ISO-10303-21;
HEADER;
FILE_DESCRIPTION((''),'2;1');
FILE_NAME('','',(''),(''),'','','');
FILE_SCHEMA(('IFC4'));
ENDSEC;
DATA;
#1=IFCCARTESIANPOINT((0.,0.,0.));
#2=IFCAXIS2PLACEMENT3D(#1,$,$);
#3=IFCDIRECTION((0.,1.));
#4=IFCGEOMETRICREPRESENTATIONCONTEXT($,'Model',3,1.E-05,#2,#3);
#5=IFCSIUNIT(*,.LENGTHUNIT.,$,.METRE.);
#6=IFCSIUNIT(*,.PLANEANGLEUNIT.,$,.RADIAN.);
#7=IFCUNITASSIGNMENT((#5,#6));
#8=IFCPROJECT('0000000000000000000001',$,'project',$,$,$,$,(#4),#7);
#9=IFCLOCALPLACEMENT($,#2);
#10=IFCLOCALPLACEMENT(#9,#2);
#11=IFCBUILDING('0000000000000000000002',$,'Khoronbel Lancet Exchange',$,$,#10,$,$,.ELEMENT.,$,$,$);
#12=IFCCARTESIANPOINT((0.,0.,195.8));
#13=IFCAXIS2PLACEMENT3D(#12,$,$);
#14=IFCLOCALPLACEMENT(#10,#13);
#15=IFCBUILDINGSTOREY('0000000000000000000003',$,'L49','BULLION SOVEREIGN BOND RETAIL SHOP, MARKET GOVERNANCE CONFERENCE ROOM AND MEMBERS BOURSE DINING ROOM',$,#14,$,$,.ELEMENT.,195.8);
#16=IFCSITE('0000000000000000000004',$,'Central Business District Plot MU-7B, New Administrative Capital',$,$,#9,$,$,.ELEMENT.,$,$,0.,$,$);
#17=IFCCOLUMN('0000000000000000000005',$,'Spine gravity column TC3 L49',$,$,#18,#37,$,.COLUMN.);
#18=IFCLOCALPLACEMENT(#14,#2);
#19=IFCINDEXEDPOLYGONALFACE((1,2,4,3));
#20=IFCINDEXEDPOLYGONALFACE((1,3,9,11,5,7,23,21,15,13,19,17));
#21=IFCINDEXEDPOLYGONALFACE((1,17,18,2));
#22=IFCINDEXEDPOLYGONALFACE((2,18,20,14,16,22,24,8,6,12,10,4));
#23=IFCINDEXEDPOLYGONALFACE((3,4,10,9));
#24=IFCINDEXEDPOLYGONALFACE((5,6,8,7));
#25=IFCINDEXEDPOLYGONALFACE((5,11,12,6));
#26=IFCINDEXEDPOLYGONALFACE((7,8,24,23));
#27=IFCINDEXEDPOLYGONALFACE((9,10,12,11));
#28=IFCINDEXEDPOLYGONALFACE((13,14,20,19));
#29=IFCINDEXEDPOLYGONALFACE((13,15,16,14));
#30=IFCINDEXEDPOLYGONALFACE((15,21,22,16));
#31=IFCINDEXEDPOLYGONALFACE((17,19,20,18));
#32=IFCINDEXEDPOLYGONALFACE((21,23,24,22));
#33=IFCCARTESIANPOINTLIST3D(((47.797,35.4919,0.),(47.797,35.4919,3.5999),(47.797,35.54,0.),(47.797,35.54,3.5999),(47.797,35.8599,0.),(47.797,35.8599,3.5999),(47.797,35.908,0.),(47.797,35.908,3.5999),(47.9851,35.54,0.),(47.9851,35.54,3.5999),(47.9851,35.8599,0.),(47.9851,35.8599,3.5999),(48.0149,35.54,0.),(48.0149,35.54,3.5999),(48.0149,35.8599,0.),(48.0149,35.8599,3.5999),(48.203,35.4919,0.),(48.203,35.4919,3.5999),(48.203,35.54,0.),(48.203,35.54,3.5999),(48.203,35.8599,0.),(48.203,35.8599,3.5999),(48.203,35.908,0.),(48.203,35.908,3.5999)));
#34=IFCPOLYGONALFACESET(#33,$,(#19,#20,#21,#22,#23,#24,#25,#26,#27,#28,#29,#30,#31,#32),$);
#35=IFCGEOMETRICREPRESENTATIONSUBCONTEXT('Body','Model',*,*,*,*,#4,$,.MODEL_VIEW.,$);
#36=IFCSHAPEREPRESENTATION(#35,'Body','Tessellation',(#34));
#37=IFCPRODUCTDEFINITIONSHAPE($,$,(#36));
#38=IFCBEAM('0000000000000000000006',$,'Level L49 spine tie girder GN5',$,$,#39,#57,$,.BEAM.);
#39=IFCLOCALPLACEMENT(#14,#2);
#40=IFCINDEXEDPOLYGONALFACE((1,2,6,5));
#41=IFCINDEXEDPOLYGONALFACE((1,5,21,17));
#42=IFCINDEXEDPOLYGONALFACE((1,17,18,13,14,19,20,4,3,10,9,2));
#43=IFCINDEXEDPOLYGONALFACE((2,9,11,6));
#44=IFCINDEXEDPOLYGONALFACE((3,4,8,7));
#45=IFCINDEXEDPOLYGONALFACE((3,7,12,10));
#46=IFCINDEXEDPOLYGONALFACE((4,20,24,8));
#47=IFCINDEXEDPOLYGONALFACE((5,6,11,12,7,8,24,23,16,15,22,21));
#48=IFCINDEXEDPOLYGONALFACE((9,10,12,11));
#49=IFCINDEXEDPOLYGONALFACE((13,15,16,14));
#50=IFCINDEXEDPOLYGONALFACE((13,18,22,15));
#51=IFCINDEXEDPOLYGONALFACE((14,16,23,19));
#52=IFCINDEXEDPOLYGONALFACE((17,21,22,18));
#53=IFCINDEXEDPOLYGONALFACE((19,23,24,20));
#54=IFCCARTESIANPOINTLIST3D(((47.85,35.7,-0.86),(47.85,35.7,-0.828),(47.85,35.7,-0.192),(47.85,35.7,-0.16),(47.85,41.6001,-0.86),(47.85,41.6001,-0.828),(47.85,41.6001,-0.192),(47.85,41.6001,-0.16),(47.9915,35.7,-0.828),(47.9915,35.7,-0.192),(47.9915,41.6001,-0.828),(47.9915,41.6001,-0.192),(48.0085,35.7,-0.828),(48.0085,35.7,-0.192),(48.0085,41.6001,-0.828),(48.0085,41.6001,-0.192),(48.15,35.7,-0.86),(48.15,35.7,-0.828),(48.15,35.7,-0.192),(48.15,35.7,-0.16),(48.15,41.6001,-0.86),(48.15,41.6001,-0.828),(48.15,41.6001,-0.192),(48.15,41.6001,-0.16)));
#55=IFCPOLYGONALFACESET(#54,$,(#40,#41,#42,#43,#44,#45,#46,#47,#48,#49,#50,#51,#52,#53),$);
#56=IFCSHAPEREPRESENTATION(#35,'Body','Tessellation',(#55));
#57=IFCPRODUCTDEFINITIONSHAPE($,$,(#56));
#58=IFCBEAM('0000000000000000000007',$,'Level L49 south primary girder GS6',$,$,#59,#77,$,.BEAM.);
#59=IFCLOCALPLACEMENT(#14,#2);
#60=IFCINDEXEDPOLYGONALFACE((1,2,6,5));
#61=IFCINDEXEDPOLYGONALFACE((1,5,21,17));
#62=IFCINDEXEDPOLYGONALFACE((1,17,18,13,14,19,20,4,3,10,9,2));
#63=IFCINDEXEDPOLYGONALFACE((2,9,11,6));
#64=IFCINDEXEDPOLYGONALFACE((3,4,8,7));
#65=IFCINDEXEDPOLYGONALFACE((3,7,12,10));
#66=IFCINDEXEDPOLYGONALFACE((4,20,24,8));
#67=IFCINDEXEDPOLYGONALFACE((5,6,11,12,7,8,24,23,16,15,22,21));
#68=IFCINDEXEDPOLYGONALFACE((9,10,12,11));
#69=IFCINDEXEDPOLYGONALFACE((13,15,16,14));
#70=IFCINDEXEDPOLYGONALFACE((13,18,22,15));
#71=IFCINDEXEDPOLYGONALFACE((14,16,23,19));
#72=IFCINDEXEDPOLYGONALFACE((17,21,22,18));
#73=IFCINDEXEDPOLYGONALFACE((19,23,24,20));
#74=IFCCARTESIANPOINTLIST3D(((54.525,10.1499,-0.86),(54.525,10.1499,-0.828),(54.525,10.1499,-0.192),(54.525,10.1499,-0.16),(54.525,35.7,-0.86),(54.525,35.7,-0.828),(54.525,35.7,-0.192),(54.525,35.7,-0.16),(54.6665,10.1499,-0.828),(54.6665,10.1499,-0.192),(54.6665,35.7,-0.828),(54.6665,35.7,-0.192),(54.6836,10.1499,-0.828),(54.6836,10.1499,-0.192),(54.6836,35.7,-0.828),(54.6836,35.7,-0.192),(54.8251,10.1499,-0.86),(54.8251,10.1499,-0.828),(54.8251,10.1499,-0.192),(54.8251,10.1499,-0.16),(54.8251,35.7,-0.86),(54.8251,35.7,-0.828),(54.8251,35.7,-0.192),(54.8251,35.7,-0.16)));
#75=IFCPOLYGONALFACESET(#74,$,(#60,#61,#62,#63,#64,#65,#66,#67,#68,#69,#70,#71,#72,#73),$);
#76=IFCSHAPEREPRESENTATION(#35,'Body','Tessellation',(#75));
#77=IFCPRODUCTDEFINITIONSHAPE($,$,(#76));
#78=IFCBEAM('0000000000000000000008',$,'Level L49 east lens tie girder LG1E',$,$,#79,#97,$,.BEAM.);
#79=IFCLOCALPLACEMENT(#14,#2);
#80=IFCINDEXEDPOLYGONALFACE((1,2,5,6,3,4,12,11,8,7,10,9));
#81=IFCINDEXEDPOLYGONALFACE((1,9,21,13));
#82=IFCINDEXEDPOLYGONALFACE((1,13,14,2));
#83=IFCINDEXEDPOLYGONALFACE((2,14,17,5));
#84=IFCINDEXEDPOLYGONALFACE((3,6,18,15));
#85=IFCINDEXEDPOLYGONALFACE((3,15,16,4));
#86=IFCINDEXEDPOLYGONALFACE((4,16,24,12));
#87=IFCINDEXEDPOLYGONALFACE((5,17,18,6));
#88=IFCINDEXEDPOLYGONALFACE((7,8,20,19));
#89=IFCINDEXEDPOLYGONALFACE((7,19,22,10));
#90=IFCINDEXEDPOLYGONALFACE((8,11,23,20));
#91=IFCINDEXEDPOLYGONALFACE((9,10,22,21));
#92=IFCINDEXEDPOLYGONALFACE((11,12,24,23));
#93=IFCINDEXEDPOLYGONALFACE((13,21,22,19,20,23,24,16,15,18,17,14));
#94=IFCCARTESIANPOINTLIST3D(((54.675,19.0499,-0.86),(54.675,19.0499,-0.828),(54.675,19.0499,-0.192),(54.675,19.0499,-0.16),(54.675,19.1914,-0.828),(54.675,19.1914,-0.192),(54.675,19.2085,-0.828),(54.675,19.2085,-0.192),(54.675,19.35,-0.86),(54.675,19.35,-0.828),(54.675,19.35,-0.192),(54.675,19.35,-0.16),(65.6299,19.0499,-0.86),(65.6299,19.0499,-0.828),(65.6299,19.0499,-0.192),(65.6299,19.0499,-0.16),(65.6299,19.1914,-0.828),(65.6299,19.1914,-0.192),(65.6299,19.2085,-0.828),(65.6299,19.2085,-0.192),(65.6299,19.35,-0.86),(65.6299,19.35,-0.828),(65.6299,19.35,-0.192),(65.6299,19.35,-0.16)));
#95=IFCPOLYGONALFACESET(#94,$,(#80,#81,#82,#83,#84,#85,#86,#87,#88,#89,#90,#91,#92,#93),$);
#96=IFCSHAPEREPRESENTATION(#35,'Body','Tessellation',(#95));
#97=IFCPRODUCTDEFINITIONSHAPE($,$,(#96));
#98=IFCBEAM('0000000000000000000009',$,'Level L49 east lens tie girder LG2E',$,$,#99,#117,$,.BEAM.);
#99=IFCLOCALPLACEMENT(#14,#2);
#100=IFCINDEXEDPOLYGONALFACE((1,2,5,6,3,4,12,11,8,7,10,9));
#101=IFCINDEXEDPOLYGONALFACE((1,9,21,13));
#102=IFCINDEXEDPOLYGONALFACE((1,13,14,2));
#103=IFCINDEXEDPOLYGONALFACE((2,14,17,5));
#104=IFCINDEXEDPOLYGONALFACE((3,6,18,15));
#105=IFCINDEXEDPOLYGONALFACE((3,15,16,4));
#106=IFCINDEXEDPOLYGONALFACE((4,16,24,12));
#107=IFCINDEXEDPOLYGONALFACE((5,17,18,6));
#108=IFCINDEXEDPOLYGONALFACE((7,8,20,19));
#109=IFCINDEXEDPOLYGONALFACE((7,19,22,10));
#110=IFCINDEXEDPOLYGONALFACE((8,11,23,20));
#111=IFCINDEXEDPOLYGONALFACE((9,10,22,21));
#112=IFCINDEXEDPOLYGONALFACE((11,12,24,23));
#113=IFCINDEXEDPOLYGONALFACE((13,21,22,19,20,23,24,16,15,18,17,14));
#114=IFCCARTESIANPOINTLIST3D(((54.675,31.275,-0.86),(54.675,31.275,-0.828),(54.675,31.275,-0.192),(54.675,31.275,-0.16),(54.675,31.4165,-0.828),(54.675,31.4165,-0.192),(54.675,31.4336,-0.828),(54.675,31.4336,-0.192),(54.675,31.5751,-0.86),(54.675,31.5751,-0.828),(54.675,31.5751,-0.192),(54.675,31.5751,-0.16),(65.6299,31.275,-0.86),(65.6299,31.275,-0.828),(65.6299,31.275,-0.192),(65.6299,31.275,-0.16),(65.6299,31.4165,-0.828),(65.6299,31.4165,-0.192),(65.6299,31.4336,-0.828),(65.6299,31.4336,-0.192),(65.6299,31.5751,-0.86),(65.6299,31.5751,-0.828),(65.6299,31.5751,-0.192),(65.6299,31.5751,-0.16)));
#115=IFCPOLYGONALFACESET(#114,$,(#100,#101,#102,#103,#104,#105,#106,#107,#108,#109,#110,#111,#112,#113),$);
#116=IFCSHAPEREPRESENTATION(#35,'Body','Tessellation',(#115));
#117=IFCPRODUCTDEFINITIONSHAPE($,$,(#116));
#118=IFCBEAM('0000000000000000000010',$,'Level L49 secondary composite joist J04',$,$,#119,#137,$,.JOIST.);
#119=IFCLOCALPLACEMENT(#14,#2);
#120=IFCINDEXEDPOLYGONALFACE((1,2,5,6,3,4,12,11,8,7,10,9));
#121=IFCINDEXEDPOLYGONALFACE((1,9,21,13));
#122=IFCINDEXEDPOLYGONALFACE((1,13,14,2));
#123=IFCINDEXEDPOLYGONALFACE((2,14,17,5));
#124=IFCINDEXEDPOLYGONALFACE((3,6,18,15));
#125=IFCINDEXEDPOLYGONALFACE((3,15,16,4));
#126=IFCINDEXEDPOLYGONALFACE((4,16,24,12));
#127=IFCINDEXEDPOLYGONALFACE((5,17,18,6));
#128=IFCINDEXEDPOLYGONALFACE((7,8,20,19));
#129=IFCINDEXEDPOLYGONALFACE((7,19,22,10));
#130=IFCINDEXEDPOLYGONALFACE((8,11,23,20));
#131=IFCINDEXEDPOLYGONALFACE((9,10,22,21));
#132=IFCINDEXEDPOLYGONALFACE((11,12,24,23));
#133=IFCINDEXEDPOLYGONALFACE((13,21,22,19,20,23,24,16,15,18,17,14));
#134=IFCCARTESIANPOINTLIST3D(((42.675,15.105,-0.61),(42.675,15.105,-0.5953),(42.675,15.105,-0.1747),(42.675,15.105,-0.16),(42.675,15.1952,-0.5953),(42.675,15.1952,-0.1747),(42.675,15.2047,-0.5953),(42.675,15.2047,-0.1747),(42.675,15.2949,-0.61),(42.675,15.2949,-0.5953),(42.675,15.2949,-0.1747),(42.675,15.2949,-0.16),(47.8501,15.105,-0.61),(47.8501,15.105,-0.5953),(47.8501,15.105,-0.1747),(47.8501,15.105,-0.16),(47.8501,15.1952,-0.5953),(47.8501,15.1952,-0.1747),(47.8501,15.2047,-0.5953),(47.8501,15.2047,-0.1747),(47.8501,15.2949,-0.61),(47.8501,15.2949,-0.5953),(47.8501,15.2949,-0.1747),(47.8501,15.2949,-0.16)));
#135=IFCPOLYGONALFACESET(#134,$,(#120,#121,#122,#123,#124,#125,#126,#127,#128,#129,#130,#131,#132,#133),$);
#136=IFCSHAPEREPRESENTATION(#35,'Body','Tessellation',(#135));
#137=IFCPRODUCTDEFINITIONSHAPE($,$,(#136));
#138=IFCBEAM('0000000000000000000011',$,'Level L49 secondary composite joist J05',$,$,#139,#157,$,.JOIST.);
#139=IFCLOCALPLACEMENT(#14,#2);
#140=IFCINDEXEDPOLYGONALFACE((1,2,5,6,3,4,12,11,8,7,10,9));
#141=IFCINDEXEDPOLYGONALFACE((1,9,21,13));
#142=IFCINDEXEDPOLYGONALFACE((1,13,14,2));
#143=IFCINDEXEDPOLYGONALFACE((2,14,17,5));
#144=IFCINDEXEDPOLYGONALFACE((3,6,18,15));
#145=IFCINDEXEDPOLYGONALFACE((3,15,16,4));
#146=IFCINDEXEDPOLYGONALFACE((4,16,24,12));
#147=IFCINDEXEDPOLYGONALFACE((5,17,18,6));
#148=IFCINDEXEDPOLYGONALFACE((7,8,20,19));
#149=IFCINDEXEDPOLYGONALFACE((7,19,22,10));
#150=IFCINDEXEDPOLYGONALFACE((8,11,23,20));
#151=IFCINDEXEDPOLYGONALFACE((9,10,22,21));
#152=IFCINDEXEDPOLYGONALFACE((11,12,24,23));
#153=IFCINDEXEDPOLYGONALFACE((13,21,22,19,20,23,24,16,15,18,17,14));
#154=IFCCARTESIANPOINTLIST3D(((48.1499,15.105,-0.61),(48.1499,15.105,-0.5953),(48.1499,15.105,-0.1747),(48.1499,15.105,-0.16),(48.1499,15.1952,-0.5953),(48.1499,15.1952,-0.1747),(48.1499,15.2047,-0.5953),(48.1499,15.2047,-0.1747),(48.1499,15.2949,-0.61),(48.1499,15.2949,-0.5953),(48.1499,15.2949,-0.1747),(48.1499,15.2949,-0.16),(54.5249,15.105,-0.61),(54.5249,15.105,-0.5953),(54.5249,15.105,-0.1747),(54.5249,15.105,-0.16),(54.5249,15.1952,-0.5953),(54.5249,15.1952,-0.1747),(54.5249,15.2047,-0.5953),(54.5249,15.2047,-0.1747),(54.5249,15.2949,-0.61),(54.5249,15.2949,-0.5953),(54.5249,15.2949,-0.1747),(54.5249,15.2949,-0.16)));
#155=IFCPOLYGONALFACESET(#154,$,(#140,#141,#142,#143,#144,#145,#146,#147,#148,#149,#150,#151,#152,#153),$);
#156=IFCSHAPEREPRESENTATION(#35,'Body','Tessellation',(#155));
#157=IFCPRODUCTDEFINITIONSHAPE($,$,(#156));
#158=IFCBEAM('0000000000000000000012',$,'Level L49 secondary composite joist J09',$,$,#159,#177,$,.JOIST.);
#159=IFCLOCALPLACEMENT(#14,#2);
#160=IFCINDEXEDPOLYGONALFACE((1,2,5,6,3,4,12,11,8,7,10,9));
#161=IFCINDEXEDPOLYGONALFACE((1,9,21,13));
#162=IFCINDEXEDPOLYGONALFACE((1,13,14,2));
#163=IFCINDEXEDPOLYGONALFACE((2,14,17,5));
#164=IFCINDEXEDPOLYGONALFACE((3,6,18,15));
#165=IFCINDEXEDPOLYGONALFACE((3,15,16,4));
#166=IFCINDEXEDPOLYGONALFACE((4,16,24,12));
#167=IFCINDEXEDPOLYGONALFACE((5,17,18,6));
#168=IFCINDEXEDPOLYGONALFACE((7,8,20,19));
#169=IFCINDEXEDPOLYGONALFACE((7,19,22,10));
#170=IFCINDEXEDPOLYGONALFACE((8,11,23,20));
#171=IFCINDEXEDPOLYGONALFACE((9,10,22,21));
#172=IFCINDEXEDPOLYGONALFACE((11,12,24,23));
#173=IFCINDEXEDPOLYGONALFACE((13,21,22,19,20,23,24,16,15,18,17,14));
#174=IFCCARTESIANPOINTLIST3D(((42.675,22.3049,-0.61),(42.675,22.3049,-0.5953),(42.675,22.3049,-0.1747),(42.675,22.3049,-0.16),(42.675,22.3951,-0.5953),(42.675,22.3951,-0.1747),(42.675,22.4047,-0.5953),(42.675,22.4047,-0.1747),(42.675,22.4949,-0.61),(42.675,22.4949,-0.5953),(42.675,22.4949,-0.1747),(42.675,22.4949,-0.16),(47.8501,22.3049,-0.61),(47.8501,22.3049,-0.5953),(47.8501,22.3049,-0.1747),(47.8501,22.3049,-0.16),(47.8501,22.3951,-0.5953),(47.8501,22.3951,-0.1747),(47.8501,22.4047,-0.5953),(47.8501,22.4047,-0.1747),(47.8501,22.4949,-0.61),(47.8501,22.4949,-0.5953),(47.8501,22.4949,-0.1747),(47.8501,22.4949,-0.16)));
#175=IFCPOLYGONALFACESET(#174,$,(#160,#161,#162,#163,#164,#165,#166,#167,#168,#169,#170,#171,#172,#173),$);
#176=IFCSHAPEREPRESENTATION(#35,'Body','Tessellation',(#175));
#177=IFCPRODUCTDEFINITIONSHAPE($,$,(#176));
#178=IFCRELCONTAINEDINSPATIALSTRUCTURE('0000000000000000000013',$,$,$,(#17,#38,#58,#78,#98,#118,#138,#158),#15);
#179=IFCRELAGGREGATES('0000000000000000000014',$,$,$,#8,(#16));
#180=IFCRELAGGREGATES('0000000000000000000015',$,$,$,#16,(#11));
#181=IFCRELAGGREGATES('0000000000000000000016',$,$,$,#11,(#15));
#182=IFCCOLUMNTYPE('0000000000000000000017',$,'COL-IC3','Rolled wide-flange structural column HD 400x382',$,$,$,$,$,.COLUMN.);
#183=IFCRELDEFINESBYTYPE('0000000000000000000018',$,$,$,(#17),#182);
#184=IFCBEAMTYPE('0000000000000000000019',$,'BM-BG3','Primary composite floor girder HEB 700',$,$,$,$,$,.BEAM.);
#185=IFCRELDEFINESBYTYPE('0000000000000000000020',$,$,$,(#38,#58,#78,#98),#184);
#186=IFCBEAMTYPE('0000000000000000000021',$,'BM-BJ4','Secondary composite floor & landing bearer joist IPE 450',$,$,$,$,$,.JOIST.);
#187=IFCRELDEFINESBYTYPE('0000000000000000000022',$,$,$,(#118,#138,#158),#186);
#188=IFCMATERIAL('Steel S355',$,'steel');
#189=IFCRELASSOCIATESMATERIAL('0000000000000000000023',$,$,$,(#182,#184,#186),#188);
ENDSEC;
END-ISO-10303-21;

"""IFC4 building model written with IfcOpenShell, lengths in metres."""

from ifc_helpers import new_model, si_unit, direction, frame, origin, origin_2d, place, context, subcontext, project, spatial, i_section, extrude, material, material_profile, profile_set, type_object, element, save


model = new_model("IFC4")

# Units and contexts
model_context = context("Model", 3, precision=1e-05, world=origin(), true_north=direction((0.0, 1.0)))
body_context = subcontext(model_context, "Body", "Model", "MODEL_VIEW")
ifc_project = project(units=[si_unit("LENGTHUNIT", "METRE"), si_unit("PLANEANGLEUNIT", "RADIAN")], contexts=[model_context])

# Site, building, storey
site_placement = place(None, origin())
site = spatial("IfcSite", under=ifc_project, at=site_placement, Name="Central Business District Plot MU-7B, New Administrative Capital", CompositionType="ELEMENT", RefElevation=0.0)
building_placement = place(site_placement, origin())
building = spatial("IfcBuilding", under=site, at=building_placement, Name="Khoronbel Lancet Exchange", CompositionType="ELEMENT")
storey_placement = place(building_placement, frame((0.0, 0.0, 195.8)))
storey = spatial("IfcBuildingStorey", under=building, at=storey_placement, Name="L49", Description="BULLION SOVEREIGN BOND RETAIL SHOP, MARKET GOVERNANCE CONFERENCE ROOM AND MEMBERS BOURSE DINING ROOM", CompositionType="ELEMENT", Elevation=195.8)

# Column
ifc_material_1 = material(Name="Steel S355", Category="steel")
ifc_material_profile_1 = material_profile(ifc_material_1, i_section(OverallWidth=0.406, OverallDepth=0.416, WebThickness=0.0298, FlangeThickness=0.0481, at=origin_2d()), Name="HD 400x382")
ifc_profile_set_1 = profile_set([ifc_material_profile_1], Name="Steel S355")
column_type = type_object("IfcColumnType", Name="COL-IC3", Description="Rolled wide-flange structural column HD 400x382", PredefinedType="COLUMN", material=ifc_profile_set_1)
column_placement = place(storey_placement, frame((48.0, 35.7, 0.0), z_axis=(0.0, 0.0, 1.0), x_axis=(1.0, 0.0, 0.0)))
element("IfcColumn", 1, at=column_placement, inside=storey, type_object=column_type, Name="Spine gravity column TC3 L49", PredefinedType="COLUMN", context=body_context, shape_type="SweptSolid", body=[
    extrude(i_section(OverallWidth=0.406, OverallDepth=0.416, WebThickness=0.0298, FlangeThickness=0.0481, at=origin_2d()), origin(), (0.0, 0.0, 1.0), 3.5999),
])

# Beams
ifc_material_profile_2 = material_profile(ifc_material_1, i_section(OverallWidth=0.3, OverallDepth=0.7, WebThickness=0.0171, FlangeThickness=0.032, at=origin_2d()), Name="HEB 700")
ifc_profile_set_2 = profile_set([ifc_material_profile_2], Name="Steel S355")
beam_type_1 = type_object("IfcBeamType", Name="BM-BG3", Description="Primary composite floor girder HEB 700", PredefinedType="BEAM", material=ifc_profile_set_2)
beam_1_placement = place(storey_placement, frame((48.0, 35.7, -0.51), z_axis=(0.0, 1.0, 0.0), x_axis=(-1.0, 0.0, 0.0)))
element("IfcBeam", 2, at=beam_1_placement, inside=storey, type_object=beam_type_1, Name="Level L49 spine tie girder GN5", PredefinedType="BEAM", context=body_context, shape_type="SweptSolid", body=[
    extrude(i_section(OverallWidth=0.3, OverallDepth=0.7, WebThickness=0.0171, FlangeThickness=0.032, at=origin_2d()), origin(), (0.0, 0.0, 1.0), 5.9001),
])
beam_2_placement = place(storey_placement, frame((54.675, 10.1499, -0.51), z_axis=(0.0, 1.0, 0.0), x_axis=(-1.0, 0.0, 0.0)))
element("IfcBeam", 3, at=beam_2_placement, inside=storey, type_object=beam_type_1, Name="Level L49 south primary girder GS6", PredefinedType="BEAM", context=body_context, shape_type="SweptSolid", body=[
    extrude(i_section(OverallWidth=0.3, OverallDepth=0.7, WebThickness=0.0171, FlangeThickness=0.032, at=origin_2d()), origin(), (0.0, 0.0, 1.0), 25.55),
])
for number, where, z_axis, x_axis, name in (
    (4, (54.675, 19.2, -0.51), (1.0, 0.0, 0.0), (0.0, 1.0, 0.0), "Level L49 east lens tie girder LG1E"),
    (5, (54.675, 31.425, -0.51), (1.0, 0.0, 0.0), (0.0, 1.0, 0.0), "Level L49 east lens tie girder LG2E"),
):
    element("IfcBeam", number, at=place(storey_placement, frame(where, z_axis=z_axis, x_axis=x_axis)), inside=storey, type_object=beam_type_1, Name=name, PredefinedType="BEAM", context=body_context, shape_type="SweptSolid", body=[
        extrude(i_section(OverallWidth=0.3, OverallDepth=0.7, WebThickness=0.0171, FlangeThickness=0.032, at=origin_2d()), origin(), (0.0, 0.0, 1.0), 10.9548),
    ])
ifc_material_profile_3 = material_profile(ifc_material_1, i_section(OverallWidth=0.1899, OverallDepth=0.45, WebThickness=0.0095, FlangeThickness=0.0146, at=origin_2d()), Name="IPE 450")
ifc_profile_set_3 = profile_set([ifc_material_profile_3], Name="Steel S355")
beam_type_2 = type_object("IfcBeamType", Name="BM-BJ4", Description="Secondary composite floor & landing bearer joist IPE 450", PredefinedType="JOIST", material=ifc_profile_set_3)
beam_3_placement = place(storey_placement, frame((42.675, 15.2, -0.385), z_axis=(1.0, 0.0, 0.0), x_axis=(0.0, 1.0, 0.0)))
element("IfcBeam", 6, at=beam_3_placement, inside=storey, type_object=beam_type_2, Name="Level L49 secondary composite joist J04", PredefinedType="JOIST", context=body_context, shape_type="SweptSolid", body=[
    extrude(i_section(OverallWidth=0.1899, OverallDepth=0.45, WebThickness=0.0095, FlangeThickness=0.0146, at=origin_2d()), origin(), (0.0, 0.0, 1.0), 5.175),
])
beam_4_placement = place(storey_placement, frame((48.1499, 15.2, -0.385), z_axis=(1.0, 0.0, 0.0), x_axis=(0.0, 1.0, 0.0)))
element("IfcBeam", 7, at=beam_4_placement, inside=storey, type_object=beam_type_2, Name="Level L49 secondary composite joist J05", PredefinedType="JOIST", context=body_context, shape_type="SweptSolid", body=[
    extrude(i_section(OverallWidth=0.1899, OverallDepth=0.45, WebThickness=0.0095, FlangeThickness=0.0146, at=origin_2d()), origin(), (0.0, 0.0, 1.0), 6.375),
])
beam_5_placement = place(storey_placement, frame((42.675, 22.3999, -0.385), z_axis=(1.0, 0.0, 0.0), x_axis=(0.0, 1.0, 0.0)))
element("IfcBeam", 8, at=beam_5_placement, inside=storey, type_object=beam_type_2, Name="Level L49 secondary composite joist J09", PredefinedType="JOIST", context=body_context, shape_type="SweptSolid", body=[
    extrude(i_section(OverallWidth=0.1899, OverallDepth=0.45, WebThickness=0.0095, FlangeThickness=0.0146, at=origin_2d()), origin(), (0.0, 0.0, 1.0), 5.175),
])

save(model, "model.ifc")
